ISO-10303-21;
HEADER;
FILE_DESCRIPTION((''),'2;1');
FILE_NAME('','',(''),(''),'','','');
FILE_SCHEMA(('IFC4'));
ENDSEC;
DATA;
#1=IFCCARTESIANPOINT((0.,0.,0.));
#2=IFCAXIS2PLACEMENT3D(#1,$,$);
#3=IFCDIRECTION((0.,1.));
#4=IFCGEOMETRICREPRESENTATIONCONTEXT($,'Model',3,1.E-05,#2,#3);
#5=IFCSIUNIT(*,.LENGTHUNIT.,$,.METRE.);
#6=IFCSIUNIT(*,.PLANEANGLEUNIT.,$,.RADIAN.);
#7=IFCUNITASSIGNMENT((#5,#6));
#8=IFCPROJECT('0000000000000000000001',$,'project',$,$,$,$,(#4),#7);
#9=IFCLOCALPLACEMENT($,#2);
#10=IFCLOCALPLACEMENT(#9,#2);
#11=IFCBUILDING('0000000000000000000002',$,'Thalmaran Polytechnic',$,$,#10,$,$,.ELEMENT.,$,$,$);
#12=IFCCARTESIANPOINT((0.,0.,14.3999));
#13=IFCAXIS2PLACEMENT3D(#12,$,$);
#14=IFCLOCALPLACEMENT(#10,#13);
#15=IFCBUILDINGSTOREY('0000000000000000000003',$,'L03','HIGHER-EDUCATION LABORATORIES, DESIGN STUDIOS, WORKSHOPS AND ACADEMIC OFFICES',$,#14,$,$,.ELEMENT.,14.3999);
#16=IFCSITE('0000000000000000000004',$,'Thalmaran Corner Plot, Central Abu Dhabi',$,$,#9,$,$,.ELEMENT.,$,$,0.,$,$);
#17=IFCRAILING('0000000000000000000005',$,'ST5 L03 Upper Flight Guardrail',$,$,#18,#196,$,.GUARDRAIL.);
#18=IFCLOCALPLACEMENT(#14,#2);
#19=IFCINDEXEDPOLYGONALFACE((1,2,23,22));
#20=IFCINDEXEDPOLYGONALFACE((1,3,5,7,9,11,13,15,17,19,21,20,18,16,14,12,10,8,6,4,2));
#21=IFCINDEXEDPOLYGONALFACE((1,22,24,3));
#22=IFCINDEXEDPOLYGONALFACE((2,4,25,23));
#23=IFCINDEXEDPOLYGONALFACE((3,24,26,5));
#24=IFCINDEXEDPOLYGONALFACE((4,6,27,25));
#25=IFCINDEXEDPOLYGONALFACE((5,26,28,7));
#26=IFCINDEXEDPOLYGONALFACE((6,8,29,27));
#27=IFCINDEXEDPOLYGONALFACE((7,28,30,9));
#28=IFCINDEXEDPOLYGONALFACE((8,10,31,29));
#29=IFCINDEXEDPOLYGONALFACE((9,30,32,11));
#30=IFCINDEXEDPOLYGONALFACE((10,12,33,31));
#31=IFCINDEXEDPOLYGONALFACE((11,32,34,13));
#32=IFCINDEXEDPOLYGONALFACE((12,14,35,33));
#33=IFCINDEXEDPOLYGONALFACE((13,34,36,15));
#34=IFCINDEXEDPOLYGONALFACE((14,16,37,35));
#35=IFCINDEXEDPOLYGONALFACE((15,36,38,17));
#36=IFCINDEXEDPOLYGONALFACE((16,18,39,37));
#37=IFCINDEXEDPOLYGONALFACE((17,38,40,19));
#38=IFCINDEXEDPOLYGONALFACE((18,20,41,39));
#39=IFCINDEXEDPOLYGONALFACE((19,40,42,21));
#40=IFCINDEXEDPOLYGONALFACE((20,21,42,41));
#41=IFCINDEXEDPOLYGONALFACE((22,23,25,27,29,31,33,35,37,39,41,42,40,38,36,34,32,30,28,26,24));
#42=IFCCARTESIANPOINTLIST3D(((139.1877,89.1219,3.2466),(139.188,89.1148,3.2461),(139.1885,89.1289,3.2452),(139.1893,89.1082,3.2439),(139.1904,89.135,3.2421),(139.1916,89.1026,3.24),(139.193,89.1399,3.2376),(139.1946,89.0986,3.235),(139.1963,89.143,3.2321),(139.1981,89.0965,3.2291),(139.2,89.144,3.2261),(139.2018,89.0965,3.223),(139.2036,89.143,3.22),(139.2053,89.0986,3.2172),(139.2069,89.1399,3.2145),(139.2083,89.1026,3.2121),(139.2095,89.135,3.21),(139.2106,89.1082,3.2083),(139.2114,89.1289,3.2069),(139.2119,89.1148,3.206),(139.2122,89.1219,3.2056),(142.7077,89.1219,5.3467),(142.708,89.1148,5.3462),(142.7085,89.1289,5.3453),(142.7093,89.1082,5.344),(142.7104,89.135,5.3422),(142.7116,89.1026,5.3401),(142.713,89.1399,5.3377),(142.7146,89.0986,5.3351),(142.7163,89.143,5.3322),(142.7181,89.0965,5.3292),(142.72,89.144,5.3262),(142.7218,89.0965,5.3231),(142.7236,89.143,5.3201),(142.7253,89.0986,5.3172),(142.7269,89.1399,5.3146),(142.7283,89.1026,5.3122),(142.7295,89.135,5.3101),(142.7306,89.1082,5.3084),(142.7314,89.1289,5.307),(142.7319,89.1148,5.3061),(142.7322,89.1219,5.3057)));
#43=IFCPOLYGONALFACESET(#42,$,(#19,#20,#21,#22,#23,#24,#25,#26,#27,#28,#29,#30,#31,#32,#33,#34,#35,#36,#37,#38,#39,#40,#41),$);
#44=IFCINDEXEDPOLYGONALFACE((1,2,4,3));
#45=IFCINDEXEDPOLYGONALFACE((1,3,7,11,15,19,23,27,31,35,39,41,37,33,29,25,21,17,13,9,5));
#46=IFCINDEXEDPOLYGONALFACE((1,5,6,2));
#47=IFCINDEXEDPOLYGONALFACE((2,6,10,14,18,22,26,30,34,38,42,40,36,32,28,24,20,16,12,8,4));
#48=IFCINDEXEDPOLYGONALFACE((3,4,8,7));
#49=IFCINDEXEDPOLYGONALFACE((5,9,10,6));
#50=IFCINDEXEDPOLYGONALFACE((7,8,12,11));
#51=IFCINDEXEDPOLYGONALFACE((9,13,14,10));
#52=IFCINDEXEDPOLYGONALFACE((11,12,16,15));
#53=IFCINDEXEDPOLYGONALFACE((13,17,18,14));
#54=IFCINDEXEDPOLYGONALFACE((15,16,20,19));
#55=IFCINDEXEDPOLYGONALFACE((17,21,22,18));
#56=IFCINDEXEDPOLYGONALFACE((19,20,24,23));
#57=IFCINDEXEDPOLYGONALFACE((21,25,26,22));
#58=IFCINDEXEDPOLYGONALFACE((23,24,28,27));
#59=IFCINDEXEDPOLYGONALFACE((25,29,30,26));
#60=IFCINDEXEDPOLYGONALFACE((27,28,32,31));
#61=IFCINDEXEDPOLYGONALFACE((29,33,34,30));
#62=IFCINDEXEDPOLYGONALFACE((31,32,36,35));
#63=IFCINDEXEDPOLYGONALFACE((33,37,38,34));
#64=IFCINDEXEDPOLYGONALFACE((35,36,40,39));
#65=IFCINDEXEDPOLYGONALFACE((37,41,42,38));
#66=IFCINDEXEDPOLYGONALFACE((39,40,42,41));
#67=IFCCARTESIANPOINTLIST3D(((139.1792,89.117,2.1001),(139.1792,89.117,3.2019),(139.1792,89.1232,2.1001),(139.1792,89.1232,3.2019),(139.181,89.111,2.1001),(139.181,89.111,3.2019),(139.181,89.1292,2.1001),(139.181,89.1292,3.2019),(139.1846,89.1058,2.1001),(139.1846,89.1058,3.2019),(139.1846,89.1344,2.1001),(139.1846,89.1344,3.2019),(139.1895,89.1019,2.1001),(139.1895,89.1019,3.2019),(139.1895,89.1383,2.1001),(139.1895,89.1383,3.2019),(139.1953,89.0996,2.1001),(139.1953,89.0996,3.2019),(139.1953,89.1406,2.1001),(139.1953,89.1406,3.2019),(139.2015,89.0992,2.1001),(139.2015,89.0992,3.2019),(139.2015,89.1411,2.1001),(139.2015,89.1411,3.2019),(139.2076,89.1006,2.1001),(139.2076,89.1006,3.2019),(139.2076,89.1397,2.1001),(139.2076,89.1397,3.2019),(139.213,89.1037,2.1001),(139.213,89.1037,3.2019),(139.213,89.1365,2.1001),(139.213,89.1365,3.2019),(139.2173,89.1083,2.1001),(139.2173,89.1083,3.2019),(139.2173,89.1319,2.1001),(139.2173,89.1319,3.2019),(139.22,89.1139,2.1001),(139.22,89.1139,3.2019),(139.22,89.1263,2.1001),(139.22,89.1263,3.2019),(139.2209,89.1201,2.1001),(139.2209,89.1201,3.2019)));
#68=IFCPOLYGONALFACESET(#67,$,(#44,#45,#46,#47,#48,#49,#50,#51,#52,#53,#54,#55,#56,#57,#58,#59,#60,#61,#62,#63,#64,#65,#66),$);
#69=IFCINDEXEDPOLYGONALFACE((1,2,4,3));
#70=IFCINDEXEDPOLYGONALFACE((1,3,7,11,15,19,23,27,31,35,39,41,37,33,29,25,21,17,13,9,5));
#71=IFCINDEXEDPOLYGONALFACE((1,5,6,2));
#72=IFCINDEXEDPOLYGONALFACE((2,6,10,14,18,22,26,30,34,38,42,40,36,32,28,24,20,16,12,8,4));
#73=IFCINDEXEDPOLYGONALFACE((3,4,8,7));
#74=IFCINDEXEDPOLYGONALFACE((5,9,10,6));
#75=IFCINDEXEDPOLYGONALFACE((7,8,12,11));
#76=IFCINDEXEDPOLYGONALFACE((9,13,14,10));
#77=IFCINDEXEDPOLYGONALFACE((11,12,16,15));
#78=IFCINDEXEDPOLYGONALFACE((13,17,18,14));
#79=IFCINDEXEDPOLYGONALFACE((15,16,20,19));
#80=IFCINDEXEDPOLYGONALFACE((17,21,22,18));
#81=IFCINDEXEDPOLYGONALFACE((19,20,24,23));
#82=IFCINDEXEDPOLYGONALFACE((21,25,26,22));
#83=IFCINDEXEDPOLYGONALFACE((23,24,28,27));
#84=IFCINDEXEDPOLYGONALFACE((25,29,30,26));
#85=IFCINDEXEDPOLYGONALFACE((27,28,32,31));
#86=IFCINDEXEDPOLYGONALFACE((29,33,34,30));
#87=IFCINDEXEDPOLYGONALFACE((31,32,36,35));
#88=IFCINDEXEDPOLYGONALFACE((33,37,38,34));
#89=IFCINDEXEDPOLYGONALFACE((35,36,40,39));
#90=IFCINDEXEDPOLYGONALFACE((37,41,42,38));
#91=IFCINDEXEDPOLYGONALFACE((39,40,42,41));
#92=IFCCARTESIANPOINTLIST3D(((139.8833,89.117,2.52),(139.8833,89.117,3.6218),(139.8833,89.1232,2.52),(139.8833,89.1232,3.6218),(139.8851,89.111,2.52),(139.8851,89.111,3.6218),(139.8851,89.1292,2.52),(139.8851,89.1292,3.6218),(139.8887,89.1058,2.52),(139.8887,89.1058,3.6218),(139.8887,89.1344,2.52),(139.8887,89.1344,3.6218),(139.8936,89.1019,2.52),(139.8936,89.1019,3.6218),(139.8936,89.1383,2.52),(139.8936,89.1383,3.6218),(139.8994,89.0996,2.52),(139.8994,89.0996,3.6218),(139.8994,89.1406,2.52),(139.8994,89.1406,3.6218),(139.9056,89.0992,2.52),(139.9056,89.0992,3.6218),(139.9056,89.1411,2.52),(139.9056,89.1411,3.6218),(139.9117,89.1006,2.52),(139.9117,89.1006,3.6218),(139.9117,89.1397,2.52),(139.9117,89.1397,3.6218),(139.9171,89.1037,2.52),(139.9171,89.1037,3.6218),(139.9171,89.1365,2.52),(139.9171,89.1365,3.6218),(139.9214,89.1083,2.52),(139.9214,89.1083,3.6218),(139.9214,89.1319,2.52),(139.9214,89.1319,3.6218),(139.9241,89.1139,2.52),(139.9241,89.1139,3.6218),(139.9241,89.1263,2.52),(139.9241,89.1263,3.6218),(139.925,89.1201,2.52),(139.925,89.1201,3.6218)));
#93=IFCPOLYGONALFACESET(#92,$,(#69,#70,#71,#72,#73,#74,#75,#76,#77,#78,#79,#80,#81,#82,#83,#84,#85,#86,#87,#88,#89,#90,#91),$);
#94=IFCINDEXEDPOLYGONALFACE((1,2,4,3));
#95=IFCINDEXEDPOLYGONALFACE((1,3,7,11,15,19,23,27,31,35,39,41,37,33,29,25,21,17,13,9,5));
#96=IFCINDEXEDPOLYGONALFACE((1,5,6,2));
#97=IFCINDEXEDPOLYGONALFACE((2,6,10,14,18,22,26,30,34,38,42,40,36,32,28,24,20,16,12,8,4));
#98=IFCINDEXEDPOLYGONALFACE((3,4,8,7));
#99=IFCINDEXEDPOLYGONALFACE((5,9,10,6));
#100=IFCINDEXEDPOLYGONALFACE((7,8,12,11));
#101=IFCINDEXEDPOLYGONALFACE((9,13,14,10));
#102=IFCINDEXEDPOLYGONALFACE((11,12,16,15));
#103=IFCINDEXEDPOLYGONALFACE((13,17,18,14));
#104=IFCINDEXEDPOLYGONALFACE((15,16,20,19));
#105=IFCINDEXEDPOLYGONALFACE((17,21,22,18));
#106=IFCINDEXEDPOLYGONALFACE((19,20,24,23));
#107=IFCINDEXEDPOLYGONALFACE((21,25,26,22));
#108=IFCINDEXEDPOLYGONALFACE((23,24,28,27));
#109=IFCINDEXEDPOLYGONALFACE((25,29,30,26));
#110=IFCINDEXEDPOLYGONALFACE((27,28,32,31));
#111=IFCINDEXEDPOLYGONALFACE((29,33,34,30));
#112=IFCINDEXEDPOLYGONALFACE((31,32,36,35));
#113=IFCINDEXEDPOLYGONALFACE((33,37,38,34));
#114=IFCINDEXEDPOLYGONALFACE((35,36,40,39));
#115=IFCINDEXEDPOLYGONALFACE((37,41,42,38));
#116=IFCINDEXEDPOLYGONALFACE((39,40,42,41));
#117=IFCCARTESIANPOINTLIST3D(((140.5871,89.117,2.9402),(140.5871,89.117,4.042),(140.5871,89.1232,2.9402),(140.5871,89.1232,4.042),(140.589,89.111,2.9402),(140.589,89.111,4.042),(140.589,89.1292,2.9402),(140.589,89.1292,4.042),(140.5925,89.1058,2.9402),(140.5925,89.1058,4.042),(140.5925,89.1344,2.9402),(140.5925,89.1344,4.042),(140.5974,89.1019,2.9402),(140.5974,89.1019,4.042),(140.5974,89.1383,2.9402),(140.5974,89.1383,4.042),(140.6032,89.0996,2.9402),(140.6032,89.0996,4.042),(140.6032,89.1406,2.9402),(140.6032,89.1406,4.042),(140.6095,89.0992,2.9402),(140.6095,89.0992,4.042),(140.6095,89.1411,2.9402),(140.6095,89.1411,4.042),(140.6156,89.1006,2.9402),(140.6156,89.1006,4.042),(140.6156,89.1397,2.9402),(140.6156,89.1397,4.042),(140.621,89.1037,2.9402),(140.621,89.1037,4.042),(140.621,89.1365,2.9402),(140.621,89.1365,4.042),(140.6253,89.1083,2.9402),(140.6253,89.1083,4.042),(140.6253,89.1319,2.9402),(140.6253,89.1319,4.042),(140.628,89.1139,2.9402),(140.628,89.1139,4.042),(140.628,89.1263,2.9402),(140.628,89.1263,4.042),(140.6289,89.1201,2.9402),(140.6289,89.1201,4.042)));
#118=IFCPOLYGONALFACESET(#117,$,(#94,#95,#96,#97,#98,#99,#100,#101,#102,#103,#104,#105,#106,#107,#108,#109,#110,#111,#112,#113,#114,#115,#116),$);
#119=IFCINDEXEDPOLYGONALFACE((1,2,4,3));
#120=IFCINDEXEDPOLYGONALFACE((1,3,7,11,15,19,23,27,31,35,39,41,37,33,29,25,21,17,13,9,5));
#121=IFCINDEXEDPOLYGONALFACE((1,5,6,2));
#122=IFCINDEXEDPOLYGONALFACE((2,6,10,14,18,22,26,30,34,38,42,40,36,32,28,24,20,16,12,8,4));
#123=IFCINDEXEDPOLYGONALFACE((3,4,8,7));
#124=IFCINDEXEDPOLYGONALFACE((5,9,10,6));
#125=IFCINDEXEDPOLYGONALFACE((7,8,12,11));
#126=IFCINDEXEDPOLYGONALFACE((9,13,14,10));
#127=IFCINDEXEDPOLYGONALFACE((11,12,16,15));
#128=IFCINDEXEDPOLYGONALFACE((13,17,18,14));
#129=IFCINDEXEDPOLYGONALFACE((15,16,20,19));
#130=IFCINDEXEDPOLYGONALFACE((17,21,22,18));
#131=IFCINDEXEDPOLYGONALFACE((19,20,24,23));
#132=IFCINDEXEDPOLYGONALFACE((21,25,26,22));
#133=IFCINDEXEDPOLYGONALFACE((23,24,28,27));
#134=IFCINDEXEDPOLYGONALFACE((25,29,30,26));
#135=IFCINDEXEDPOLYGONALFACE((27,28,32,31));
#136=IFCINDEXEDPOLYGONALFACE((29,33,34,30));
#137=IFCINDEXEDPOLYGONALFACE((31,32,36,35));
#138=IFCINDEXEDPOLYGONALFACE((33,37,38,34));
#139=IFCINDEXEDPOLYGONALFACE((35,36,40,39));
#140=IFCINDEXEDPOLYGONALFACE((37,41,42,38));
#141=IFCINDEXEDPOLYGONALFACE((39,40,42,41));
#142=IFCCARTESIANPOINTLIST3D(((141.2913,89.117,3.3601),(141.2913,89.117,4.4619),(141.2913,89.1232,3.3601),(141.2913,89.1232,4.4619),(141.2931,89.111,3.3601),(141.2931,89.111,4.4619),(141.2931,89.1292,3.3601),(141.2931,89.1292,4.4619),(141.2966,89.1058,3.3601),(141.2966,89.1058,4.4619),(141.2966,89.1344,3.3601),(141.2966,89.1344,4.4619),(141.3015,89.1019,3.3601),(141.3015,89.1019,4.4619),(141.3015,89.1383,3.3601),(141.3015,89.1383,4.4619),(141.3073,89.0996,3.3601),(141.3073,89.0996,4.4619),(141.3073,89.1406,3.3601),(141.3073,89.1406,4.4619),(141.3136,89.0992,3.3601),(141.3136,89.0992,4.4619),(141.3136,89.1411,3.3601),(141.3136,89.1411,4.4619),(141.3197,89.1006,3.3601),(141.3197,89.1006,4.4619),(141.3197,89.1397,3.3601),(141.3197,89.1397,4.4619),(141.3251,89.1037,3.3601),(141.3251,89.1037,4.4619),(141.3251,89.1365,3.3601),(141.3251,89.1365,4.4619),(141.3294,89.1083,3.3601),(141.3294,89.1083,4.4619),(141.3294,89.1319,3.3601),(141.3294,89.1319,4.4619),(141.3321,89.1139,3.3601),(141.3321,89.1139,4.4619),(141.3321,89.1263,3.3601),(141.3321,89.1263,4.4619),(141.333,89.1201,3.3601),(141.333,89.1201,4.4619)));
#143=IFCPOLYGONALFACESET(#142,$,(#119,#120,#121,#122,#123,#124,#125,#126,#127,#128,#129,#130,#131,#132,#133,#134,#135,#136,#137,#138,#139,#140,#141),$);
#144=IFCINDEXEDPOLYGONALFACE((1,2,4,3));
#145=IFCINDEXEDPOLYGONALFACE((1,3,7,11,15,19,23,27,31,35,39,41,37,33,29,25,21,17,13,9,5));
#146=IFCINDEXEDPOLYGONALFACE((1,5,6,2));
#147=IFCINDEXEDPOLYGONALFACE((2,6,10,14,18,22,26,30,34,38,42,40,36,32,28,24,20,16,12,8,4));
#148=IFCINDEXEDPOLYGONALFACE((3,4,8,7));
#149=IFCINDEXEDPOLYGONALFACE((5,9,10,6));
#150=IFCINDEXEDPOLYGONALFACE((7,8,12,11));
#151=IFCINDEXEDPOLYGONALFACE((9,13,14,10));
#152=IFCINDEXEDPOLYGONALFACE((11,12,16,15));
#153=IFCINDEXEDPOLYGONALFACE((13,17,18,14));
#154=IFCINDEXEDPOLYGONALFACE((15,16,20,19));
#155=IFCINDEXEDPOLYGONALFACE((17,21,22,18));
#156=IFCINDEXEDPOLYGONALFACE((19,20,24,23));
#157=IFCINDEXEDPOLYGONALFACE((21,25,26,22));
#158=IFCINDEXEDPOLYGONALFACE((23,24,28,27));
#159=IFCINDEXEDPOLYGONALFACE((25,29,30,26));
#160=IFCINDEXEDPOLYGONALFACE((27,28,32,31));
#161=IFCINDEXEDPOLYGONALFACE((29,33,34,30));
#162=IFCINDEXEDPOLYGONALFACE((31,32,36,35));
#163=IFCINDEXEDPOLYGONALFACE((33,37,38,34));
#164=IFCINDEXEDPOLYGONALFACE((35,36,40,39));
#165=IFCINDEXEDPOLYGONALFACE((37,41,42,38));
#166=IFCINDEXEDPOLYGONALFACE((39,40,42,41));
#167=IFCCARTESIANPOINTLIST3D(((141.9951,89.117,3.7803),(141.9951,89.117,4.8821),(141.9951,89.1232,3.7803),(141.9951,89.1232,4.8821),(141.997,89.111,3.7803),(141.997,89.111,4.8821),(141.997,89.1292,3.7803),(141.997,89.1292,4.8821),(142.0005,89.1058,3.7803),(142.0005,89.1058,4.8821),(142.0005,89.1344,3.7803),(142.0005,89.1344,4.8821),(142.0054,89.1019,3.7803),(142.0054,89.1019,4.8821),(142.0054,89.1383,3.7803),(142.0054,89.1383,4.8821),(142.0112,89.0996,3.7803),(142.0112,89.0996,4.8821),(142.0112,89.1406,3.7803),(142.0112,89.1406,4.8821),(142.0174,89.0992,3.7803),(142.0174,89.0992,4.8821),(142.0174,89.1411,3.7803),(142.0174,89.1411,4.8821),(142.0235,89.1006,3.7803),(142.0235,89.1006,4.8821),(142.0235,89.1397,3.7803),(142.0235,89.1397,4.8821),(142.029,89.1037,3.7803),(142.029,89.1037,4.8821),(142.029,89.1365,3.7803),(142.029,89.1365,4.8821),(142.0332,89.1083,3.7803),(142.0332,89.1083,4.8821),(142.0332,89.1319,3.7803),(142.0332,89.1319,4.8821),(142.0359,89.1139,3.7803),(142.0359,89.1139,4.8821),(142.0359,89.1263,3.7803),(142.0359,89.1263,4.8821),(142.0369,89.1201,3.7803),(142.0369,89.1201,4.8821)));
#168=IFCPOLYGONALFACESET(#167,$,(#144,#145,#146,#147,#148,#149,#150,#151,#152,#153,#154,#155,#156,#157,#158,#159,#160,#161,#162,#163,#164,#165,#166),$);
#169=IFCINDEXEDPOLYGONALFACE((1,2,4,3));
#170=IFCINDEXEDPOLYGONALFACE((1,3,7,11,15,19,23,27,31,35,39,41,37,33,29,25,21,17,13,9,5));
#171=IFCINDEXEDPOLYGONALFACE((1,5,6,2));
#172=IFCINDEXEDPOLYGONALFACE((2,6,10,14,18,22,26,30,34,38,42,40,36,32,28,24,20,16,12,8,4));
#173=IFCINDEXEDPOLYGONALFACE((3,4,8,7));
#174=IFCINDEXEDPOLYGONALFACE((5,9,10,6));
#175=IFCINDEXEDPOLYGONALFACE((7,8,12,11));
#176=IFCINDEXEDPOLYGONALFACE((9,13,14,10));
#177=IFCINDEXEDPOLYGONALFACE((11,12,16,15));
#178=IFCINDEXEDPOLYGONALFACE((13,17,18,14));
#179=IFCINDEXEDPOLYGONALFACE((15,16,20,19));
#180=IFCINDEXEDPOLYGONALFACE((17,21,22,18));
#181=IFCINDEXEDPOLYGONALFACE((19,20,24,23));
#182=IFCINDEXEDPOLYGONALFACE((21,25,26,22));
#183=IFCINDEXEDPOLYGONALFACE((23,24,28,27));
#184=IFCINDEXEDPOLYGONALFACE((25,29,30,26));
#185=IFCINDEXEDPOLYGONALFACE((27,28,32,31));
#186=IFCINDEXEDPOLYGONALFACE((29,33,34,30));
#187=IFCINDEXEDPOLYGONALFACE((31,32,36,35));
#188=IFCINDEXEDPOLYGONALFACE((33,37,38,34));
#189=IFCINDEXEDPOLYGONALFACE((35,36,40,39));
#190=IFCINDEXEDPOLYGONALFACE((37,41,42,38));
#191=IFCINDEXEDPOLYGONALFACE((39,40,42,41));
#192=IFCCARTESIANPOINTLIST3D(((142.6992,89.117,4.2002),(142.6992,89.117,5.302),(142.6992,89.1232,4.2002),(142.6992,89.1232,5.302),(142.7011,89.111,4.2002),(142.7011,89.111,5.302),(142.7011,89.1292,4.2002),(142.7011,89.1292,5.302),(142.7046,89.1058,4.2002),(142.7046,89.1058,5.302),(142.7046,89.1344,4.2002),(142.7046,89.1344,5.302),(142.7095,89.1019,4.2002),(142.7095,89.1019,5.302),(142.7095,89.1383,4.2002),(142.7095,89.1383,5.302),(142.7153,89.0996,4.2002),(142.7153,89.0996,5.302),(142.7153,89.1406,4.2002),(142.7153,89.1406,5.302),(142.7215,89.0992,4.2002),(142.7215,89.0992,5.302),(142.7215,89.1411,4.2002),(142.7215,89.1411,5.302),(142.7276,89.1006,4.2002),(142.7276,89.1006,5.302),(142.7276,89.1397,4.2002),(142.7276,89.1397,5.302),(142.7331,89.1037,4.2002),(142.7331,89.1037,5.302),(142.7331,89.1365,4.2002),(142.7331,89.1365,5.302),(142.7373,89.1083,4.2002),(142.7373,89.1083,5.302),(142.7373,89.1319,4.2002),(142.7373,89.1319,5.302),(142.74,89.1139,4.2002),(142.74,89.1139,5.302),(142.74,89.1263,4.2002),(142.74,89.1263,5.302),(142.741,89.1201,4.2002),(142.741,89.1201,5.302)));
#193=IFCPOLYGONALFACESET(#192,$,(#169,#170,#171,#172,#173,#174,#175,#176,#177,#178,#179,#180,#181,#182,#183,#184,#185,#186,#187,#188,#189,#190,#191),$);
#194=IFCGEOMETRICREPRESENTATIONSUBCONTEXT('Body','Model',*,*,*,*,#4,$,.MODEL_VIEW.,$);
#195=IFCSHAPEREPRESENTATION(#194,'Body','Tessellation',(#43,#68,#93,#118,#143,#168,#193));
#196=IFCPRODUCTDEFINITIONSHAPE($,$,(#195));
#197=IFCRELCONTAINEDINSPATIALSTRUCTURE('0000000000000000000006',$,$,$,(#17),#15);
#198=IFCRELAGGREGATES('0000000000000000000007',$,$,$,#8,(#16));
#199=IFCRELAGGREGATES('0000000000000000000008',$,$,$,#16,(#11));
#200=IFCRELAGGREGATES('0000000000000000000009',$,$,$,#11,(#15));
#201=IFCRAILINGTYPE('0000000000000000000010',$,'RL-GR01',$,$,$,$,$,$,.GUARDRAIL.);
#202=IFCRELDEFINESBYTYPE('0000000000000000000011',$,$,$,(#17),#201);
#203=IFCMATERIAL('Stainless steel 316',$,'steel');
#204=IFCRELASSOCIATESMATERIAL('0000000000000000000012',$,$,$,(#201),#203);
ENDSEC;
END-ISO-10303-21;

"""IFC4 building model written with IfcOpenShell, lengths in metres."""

from ifc_helpers import new_model, si_unit, direction, frame, origin, origin_2d, place, context, subcontext, project, spatial, circle, extrude, material, type_object, element, save


model = new_model("IFC4")

# Units and contexts
model_context = context("Model", 3, precision=1e-05, world=origin(), true_north=direction((0.0, 1.0)))
body_context = subcontext(model_context, "Body", "Model", "MODEL_VIEW")
ifc_project = project(units=[si_unit("LENGTHUNIT", "METRE"), si_unit("PLANEANGLEUNIT", "RADIAN")], contexts=[model_context])

# Site, building, storey
site_placement = place(None, origin())
site = spatial("IfcSite", under=ifc_project, at=site_placement, Name="Thalmaran Corner Plot, Central Abu Dhabi", CompositionType="ELEMENT", RefElevation=0.0)
building_placement = place(site_placement, origin())
building = spatial("IfcBuilding", under=site, at=building_placement, Name="Thalmaran Polytechnic", CompositionType="ELEMENT")
storey_placement = place(building_placement, frame((0.0, 0.0, 14.3999)))
storey = spatial("IfcBuildingStorey", under=building, at=storey_placement, Name="L03", Description="HIGHER-EDUCATION LABORATORIES, DESIGN STUDIOS, WORKSHOPS AND ACADEMIC OFFICES", CompositionType="ELEMENT", Elevation=14.3999)

# Railing
ifc_material_1 = material(Name="Stainless steel 316", Category="steel")
railing_type_1 = type_object("IfcRailingType", Name="RL-GR01", PredefinedType="GUARDRAIL", material=ifc_material_1)
railing_1_placement = place(storey_placement, frame((139.2, 89.1201, 2.1001)))
element("IfcRailing", 1, at=railing_1_placement, inside=storey, type_object=railing_type_1, Name="ST5 L03 Upper Flight Guardrail", PredefinedType="GUARDRAIL", context=body_context, shape_type="SweptSolid", body=[
    extrude(circle(Radius=0.0239, at=origin_2d()), frame((0.0, 0.0, 1.126), z_axis=(0.858773, 0.0, 0.512357), x_axis=(0.0, 1.0, 0.0)), (0.0, 0.0, 1.0), 4.0989),
    extrude(circle(Radius=0.021, at=origin_2d()), origin(), (0.0, 0.0, 1.0), 1.1018),
    extrude(circle(Radius=0.021, at=origin_2d()), frame((0.7041, 0.0, 0.4199)), (0.0, 0.0, 1.0), 1.1018),
    extrude(circle(Radius=0.021, at=origin_2d()), frame((1.408, 0.0, 0.8401)), (0.0, 0.0, 1.0), 1.1018),
    extrude(circle(Radius=0.021, at=origin_2d()), frame((2.1121, 0.0, 1.26)), (0.0, 0.0, 1.0), 1.1018),
    extrude(circle(Radius=0.021, at=origin_2d()), frame((2.8159, 0.0, 1.6802)), (0.0, 0.0, 1.0), 1.1018),
    extrude(circle(Radius=0.021, at=origin_2d()), frame((3.52, 0.0, 2.1001)), (0.0, 0.0, 1.0), 1.1018),
])

save(model, "model.ifc")
